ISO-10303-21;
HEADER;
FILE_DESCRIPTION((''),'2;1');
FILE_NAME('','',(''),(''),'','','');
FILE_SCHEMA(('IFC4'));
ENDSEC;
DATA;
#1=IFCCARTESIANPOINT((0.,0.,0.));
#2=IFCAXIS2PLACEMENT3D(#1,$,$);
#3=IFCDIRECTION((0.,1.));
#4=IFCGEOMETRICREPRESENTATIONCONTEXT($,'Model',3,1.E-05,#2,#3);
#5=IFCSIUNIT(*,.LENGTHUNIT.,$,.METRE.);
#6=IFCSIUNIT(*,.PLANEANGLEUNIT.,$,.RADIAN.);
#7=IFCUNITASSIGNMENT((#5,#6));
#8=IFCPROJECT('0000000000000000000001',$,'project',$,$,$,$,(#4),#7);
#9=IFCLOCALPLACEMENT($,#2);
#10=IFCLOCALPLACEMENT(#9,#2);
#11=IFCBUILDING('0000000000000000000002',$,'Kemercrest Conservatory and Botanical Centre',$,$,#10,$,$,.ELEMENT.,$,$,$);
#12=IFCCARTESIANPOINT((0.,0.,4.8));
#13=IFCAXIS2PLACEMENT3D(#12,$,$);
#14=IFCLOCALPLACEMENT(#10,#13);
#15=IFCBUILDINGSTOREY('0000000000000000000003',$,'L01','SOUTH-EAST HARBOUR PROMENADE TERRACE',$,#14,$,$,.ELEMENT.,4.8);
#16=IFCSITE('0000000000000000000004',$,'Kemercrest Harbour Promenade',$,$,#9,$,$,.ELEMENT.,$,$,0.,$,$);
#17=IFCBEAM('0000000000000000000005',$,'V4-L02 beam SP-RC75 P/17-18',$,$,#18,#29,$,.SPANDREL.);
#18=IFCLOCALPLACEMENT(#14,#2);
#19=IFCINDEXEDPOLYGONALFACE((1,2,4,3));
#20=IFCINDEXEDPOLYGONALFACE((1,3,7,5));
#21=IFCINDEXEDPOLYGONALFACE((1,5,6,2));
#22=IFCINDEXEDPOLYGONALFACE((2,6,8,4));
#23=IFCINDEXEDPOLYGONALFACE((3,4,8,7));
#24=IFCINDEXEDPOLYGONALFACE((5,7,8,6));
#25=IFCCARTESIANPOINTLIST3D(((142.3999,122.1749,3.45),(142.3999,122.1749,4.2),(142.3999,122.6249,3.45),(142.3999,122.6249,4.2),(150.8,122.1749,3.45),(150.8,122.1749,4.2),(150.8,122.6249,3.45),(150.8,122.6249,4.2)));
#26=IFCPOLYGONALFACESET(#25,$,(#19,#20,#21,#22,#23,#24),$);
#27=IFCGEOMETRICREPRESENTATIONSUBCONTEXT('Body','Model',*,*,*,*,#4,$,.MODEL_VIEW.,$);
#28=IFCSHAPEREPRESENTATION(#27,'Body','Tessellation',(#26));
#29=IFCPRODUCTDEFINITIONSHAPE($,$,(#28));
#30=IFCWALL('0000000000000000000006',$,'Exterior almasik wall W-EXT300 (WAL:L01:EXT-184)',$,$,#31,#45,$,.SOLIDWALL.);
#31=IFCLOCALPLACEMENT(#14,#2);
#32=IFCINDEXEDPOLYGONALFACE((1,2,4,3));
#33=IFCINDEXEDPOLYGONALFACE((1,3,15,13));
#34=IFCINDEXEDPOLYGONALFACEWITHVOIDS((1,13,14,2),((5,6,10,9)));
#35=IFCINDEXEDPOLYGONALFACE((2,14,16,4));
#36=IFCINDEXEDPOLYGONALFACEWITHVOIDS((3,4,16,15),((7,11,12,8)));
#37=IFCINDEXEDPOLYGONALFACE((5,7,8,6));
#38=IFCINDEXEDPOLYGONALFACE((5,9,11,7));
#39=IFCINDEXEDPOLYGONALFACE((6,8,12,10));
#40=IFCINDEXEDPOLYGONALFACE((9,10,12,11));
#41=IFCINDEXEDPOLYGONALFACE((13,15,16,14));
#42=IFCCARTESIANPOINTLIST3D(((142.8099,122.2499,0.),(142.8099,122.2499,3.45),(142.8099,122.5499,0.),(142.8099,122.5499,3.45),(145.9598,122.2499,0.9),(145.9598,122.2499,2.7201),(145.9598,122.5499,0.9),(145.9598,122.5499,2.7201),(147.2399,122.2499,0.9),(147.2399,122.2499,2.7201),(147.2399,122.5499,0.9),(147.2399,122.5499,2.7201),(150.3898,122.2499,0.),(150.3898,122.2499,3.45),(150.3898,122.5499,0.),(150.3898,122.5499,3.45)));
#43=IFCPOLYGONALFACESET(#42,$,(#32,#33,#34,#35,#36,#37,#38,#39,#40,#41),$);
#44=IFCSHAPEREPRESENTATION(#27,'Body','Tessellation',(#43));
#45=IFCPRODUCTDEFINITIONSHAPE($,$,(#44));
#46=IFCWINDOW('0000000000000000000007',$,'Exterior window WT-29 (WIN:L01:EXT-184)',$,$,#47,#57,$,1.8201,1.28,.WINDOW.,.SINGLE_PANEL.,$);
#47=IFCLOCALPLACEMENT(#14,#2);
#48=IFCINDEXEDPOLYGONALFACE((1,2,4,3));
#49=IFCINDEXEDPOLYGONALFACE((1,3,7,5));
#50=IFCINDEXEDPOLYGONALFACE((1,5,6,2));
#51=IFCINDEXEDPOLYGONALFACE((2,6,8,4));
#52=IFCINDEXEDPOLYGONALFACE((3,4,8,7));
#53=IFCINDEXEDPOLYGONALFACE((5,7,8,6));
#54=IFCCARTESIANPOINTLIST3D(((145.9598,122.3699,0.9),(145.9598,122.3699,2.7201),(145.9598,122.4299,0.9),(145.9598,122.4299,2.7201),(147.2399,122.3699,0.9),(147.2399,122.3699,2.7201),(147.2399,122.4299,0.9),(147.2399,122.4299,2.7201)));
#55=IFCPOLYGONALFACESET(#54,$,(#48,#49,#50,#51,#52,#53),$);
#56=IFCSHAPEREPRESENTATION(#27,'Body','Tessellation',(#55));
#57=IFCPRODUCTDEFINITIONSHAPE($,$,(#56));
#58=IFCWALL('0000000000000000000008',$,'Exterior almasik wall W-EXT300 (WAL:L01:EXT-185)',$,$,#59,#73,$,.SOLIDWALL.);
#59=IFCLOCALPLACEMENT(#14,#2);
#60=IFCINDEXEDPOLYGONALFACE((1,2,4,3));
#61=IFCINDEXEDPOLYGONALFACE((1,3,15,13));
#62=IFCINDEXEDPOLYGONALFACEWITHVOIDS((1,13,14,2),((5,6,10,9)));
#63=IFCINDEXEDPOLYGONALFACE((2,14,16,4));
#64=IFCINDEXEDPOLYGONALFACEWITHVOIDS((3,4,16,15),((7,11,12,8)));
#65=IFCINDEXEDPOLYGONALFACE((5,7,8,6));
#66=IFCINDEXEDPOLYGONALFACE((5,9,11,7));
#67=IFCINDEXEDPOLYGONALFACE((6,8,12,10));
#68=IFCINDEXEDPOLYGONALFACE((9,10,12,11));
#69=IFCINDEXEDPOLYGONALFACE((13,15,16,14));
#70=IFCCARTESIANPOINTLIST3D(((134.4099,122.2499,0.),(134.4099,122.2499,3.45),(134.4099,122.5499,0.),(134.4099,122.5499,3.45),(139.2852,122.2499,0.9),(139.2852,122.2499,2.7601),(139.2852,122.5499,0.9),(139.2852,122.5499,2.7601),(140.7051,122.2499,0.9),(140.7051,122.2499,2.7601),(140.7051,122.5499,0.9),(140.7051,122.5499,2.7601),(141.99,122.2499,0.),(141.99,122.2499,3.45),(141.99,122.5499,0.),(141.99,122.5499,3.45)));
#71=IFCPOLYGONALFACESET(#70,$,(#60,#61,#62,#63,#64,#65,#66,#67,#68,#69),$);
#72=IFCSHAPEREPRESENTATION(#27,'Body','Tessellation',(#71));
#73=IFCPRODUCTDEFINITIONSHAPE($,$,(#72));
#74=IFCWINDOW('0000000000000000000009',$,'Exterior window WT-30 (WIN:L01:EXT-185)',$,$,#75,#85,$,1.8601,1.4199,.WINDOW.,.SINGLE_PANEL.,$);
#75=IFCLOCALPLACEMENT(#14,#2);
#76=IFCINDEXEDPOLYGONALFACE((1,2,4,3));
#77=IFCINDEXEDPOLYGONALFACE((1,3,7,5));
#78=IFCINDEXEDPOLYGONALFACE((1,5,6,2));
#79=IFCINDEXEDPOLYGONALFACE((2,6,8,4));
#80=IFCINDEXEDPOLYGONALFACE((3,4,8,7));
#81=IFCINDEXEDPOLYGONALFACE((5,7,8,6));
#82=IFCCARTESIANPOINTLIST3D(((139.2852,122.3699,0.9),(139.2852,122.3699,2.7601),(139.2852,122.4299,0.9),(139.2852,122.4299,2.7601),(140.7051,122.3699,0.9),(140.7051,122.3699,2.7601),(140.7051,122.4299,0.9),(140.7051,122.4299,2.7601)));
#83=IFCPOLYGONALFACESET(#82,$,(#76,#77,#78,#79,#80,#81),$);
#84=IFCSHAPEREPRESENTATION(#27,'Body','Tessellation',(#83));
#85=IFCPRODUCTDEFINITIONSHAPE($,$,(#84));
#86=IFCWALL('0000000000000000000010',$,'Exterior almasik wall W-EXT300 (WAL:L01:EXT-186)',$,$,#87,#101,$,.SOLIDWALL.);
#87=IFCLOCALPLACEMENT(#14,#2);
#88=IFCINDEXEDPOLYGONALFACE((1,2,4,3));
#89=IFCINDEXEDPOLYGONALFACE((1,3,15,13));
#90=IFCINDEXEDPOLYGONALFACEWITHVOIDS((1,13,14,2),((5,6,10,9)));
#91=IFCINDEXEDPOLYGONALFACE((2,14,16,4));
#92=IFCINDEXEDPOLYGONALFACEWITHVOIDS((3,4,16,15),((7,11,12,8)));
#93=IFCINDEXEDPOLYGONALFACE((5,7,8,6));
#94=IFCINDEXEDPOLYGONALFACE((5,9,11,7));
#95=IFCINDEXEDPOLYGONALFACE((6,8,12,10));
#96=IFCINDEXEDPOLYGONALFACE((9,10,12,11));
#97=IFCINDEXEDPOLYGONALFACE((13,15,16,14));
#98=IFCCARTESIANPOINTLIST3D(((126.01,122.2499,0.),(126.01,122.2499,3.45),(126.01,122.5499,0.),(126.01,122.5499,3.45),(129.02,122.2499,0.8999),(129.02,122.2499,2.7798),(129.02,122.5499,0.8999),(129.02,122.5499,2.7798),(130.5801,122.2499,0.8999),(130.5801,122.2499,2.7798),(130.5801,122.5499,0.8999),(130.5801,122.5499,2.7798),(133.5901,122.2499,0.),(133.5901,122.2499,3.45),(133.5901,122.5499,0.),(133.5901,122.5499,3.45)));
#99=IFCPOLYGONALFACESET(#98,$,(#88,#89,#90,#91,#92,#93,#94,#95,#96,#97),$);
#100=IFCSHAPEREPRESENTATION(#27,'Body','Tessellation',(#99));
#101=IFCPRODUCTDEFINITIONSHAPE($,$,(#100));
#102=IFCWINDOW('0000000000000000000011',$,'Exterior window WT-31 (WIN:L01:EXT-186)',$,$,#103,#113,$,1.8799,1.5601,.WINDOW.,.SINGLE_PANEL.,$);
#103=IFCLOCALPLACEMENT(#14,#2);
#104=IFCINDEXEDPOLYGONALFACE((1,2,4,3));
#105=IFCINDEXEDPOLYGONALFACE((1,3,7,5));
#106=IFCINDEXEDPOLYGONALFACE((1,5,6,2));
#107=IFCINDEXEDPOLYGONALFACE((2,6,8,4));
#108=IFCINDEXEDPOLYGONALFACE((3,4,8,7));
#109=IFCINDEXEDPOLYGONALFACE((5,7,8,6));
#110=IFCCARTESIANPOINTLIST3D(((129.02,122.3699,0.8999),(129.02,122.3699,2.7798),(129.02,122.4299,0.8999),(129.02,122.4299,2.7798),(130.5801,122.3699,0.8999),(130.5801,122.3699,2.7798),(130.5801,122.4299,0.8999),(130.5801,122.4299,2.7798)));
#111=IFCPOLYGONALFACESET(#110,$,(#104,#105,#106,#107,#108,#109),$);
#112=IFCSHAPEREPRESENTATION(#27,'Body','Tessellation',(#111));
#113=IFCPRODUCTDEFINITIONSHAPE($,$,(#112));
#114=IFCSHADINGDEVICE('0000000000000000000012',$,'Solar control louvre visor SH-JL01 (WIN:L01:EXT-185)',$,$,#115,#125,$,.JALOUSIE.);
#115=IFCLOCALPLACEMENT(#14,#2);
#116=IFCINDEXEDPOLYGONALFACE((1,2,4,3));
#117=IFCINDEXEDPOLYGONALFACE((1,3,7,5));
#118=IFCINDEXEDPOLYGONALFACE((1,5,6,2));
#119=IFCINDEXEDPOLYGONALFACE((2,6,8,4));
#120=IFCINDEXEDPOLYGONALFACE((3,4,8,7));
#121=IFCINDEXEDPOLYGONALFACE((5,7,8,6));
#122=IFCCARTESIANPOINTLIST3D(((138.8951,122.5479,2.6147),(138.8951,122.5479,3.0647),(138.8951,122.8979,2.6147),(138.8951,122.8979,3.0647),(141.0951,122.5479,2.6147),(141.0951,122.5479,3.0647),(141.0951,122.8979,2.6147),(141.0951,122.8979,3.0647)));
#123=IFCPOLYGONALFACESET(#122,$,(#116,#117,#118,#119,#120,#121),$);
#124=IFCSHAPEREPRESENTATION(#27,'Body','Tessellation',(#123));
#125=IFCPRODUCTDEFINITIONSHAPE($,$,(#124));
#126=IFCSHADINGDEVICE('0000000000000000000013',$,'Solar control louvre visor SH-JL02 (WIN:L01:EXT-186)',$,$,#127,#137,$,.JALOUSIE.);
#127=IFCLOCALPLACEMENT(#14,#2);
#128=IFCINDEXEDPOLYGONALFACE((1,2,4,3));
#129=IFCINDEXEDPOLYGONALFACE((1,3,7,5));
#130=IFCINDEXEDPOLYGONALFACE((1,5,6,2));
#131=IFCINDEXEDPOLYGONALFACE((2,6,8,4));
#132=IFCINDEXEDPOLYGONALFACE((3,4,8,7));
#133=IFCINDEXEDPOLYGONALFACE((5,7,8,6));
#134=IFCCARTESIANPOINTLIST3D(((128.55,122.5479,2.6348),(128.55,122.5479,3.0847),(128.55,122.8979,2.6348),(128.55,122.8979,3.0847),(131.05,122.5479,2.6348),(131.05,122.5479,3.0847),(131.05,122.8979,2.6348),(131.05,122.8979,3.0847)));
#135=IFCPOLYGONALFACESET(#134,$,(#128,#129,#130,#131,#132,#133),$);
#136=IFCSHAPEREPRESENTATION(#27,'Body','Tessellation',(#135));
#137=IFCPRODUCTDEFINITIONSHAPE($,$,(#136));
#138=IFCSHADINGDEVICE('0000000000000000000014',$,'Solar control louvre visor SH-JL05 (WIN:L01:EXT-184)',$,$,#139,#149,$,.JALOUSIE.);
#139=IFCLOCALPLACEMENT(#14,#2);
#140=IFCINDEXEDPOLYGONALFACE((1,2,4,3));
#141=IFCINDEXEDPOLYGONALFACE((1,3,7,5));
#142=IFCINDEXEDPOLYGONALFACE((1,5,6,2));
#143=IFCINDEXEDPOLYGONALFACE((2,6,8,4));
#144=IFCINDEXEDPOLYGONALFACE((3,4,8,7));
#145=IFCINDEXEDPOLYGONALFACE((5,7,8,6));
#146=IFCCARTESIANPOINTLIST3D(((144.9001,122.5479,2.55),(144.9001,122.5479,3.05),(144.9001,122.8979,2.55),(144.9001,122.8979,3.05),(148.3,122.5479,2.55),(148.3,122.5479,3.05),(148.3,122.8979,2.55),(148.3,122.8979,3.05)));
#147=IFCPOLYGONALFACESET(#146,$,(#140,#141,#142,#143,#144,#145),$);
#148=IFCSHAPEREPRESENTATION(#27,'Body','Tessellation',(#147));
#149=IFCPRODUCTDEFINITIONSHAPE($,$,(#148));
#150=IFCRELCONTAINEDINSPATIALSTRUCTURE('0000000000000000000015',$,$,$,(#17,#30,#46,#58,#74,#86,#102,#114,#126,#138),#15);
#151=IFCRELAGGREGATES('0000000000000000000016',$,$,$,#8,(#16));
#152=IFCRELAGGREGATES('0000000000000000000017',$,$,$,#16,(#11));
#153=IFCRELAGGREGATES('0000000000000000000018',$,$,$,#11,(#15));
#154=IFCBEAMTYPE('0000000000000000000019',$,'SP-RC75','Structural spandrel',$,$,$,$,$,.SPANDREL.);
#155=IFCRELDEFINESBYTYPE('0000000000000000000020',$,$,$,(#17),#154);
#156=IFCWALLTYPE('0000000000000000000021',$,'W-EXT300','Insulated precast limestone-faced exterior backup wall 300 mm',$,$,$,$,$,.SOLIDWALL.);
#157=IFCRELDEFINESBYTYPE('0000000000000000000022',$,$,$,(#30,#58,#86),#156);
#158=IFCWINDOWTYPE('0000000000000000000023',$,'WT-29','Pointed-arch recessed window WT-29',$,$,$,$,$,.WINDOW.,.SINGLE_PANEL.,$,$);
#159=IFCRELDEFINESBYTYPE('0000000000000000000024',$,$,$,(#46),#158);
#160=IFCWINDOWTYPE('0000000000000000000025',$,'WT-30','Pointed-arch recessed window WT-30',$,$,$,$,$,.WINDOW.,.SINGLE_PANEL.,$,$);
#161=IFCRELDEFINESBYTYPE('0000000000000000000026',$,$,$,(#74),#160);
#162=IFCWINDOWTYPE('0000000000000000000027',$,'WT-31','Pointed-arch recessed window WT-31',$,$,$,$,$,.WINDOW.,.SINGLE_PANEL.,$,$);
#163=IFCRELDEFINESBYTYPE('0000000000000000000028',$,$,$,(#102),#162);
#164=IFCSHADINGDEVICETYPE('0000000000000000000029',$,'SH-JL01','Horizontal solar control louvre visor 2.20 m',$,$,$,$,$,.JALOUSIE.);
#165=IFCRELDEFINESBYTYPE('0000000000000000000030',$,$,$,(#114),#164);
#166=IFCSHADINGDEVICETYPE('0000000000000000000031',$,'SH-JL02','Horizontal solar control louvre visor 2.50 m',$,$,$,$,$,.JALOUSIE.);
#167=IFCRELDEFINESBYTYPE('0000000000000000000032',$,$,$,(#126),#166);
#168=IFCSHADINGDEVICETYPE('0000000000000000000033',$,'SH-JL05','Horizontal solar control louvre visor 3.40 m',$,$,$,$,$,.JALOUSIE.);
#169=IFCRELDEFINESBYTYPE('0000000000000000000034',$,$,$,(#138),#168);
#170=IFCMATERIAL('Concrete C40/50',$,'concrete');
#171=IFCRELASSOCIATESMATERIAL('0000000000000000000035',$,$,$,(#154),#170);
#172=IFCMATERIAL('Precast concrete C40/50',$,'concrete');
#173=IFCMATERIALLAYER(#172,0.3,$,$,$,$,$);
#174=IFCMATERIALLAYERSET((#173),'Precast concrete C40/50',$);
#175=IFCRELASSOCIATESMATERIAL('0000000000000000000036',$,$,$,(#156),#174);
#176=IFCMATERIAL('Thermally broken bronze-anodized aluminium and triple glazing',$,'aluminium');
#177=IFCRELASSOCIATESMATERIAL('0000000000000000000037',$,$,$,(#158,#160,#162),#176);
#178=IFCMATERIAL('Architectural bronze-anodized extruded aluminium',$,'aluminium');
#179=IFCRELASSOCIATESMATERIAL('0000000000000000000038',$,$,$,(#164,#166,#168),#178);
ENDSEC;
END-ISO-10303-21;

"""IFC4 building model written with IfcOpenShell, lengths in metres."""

from ifc_helpers import new_model, si_unit, direction, frame, frame_2d, origin, origin_2d, place, context, subcontext, project, spatial, rectangle, extrude, material, layer, layer_set, material_profile, profile_set, type_object, element, fill, save


model = new_model("IFC4")

# Units and contexts
model_context = context("Model", 3, precision=1e-05, world=origin(), true_north=direction((0.0, 1.0)))
body_context = subcontext(model_context, "Body", "Model", "MODEL_VIEW")
ifc_project = project(units=[si_unit("LENGTHUNIT", "METRE"), si_unit("PLANEANGLEUNIT", "RADIAN")], contexts=[model_context])

# Site, building, storey
site_placement = place(None, origin())
site = spatial("IfcSite", under=ifc_project, at=site_placement, Name="Kemercrest Harbour Promenade", CompositionType="ELEMENT", RefElevation=0.0)
building_placement = place(site_placement, origin())
building = spatial("IfcBuilding", under=site, at=building_placement, Name="Kemercrest Conservatory and Botanical Centre", CompositionType="ELEMENT")
storey_placement = place(building_placement, frame((0.0, 0.0, 4.8)))
storey = spatial("IfcBuildingStorey", under=building, at=storey_placement, Name="L01", Description="SOUTH-EAST HARBOUR PROMENADE TERRACE", CompositionType="ELEMENT", Elevation=4.8)

# Beam
ifc_material_1 = material(Name="Concrete C40/50", Category="concrete")
ifc_material_2 = material(Name="Precast concrete C40/50", Category="concrete")
ifc_material_profile_1 = material_profile(ifc_material_1, rectangle(XDim=0.45, YDim=0.75, at=origin_2d()), Name="RC 450x750")
ifc_profile_set_1 = profile_set([ifc_material_profile_1], Name="Concrete C40/50")
beam_type_1 = type_object("IfcBeamType", Name="SP-RC75", Description="Structural spandrel", PredefinedType="SPANDREL", material=ifc_profile_set_1)
beam_1_placement = place(storey_placement, frame((142.3999, 122.3999, 3.825), z_axis=(1.0, 0.0, 0.0), x_axis=(0.0, 1.0, 0.0)))
element("IfcBeam", 1, at=beam_1_placement, inside=storey, type_object=beam_type_1, Name="V4-L02 beam SP-RC75 P/17-18", PredefinedType="SPANDREL", context=body_context, shape_type="SweptSolid", body=[
    extrude(rectangle(XDim=0.45, YDim=0.75, at=origin_2d()), origin(), (0.0, 0.0, 1.0), 8.4001),
])

# Walls, openings, windows
ifc_layer = layer(ifc_material_2, 0.3)
ifc_layer_set = layer_set([ifc_layer], Name="Precast concrete C40/50")
wall_type = type_object("IfcWallType", Name="W-EXT300", Description="Insulated precast limestone-faced exterior backup wall 300 mm", PredefinedType="SOLIDWALL", material=ifc_layer_set)
wall_1_placement = place(storey_placement, frame((150.3899, 122.3999, 0.0), z_axis=(0.0, 0.0, 1.0), x_axis=(-1.0, 0.0, 0.0)))
wall_1 = element("IfcWall", 2, at=wall_1_placement, inside=storey, type_object=wall_type, Name="Exterior almasik wall W-EXT300 (WAL:L01:EXT-184)", PredefinedType="SOLIDWALL", context=body_context, shape_type="SweptSolid", body=[
    extrude(rectangle(XDim=7.5798, YDim=0.3, at=frame_2d((3.79, 0.0))), origin(), (0.0, 0.0, 1.0), 3.45),
])
opening_1_placement = place(wall_1_placement, frame((3.1499, 0.0, 0.8999)))
opening_1 = element("IfcOpeningElement", 3, at=opening_1_placement, cuts=wall_1, PredefinedType="OPENING", context=body_context, shape_type="SweptSolid", body=[
    extrude(rectangle(XDim=1.28, YDim=1.8201, at=frame_2d((0.6401, 0.9102))), frame((0.0, 0.1602, 0.0), z_axis=(0.0, -1.0, 0.0), x_axis=(1.0, 0.0, 0.0)), (0.0, 0.0, 1.0), 0.3201),
])
ifc_material_3 = material(Name="Thermally broken bronze-anodized aluminium and triple glazing", Category="aluminium")
window_type_1 = type_object("IfcWindowType", Name="WT-29", Description="Pointed-arch recessed window WT-29", PartitioningType="SINGLE_PANEL", PredefinedType="WINDOW", material=ifc_material_3)
window_1_placement = place(opening_1_placement, origin())
window_1 = element("IfcWindow", 4, at=window_1_placement, inside=storey, type_object=window_type_1, Name="Exterior window WT-29 (WIN:L01:EXT-184)", OverallHeight=1.8201, OverallWidth=1.28, PartitioningType="SINGLE_PANEL", PredefinedType="WINDOW", context=body_context, shape_type="SweptSolid", body=[
    extrude(rectangle(XDim=1.28, YDim=1.8201, at=frame_2d((0.6401, 0.9102))), frame((0.0, 0.03, 0.0), z_axis=(0.0, -1.0, 0.0), x_axis=(1.0, 0.0, 0.0)), (0.0, 0.0, 1.0), 0.0601),
])
fill(opening_1, window_1)
wall_2_placement = place(storey_placement, frame((141.99, 122.3999, 0.0), z_axis=(0.0, 0.0, 1.0), x_axis=(-1.0, 0.0, 0.0)))
wall_2 = element("IfcWall", 5, at=wall_2_placement, inside=storey, type_object=wall_type, Name="Exterior almasik wall W-EXT300 (WAL:L01:EXT-185)", PredefinedType="SOLIDWALL", context=body_context, shape_type="SweptSolid", body=[
    extrude(rectangle(XDim=7.5801, YDim=0.3, at=frame_2d((3.79, 0.0))), origin(), (0.0, 0.0, 1.0), 3.45),
])
opening_2_placement = place(wall_2_placement, frame((1.2849, 0.0, 0.8999)))
opening_2 = element("IfcOpeningElement", 6, at=opening_2_placement, cuts=wall_2, PredefinedType="OPENING", context=body_context, shape_type="SweptSolid", body=[
    extrude(rectangle(XDim=1.4199, YDim=1.8601, at=frame_2d((0.71, 0.9302))), frame((0.0, 0.1602, 0.0), z_axis=(0.0, -1.0, 0.0), x_axis=(1.0, 0.0, 0.0)), (0.0, 0.0, 1.0), 0.3201),
])
window_type_2 = type_object("IfcWindowType", Name="WT-30", Description="Pointed-arch recessed window WT-30", PartitioningType="SINGLE_PANEL", PredefinedType="WINDOW", material=ifc_material_3)
window_2_placement = place(opening_2_placement, origin())
window_2 = element("IfcWindow", 7, at=window_2_placement, inside=storey, type_object=window_type_2, Name="Exterior window WT-30 (WIN:L01:EXT-185)", OverallHeight=1.8601, OverallWidth=1.4199, PartitioningType="SINGLE_PANEL", PredefinedType="WINDOW", context=body_context, shape_type="SweptSolid", body=[
    extrude(rectangle(XDim=1.4199, YDim=1.8601, at=frame_2d((0.71, 0.9302))), frame((0.0, 0.03, 0.0), z_axis=(0.0, -1.0, 0.0), x_axis=(1.0, 0.0, 0.0)), (0.0, 0.0, 1.0), 0.0601),
])
fill(opening_2, window_2)
wall_3_placement = place(storey_placement, frame((133.5901, 122.3999, 0.0), z_axis=(0.0, 0.0, 1.0), x_axis=(-1.0, 0.0, 0.0)))
wall_3 = element("IfcWall", 8, at=wall_3_placement, inside=storey, type_object=wall_type, Name="Exterior almasik wall W-EXT300 (WAL:L01:EXT-186)", PredefinedType="SOLIDWALL", context=body_context, shape_type="SweptSolid", body=[
    extrude(rectangle(XDim=7.5801, YDim=0.3, at=frame_2d((3.79, 0.0))), origin(), (0.0, 0.0, 1.0), 3.45),
])
opening_3_placement = place(wall_3_placement, frame((3.01, 0.0, 0.8999)))
opening_3 = element("IfcOpeningElement", 9, at=opening_3_placement, cuts=wall_3, PredefinedType="OPENING", context=body_context, shape_type="SweptSolid", body=[
    extrude(rectangle(XDim=1.5601, YDim=1.8799, at=frame_2d((0.78, 0.9399))), frame((0.0, 0.1602, 0.0), z_axis=(0.0, -1.0, 0.0), x_axis=(1.0, 0.0, 0.0)), (0.0, 0.0, 1.0), 0.3201),
])
window_type_3 = type_object("IfcWindowType", Name="WT-31", Description="Pointed-arch recessed window WT-31", PartitioningType="SINGLE_PANEL", PredefinedType="WINDOW", material=ifc_material_3)
window_3_placement = place(opening_3_placement, origin())
window_3 = element("IfcWindow", 10, at=window_3_placement, inside=storey, type_object=window_type_3, Name="Exterior window WT-31 (WIN:L01:EXT-186)", OverallHeight=1.8799, OverallWidth=1.5601, PartitioningType="SINGLE_PANEL", PredefinedType="WINDOW", context=body_context, shape_type="SweptSolid", body=[
    extrude(rectangle(XDim=1.5601, YDim=1.8799, at=frame_2d((0.78, 0.9399))), frame((0.0, 0.03, 0.0), z_axis=(0.0, -1.0, 0.0), x_axis=(1.0, 0.0, 0.0)), (0.0, 0.0, 1.0), 0.0601),
])
fill(opening_3, window_3)

# Shading devices
ifc_material_4 = material(Name="Architectural bronze-anodized extruded aluminium", Category="aluminium")
shading_device_type_1 = type_object("IfcShadingDeviceType", Name="SH-JL01", Description="Horizontal solar control louvre visor 2.20 m", PredefinedType="JALOUSIE", material=ifc_material_4)
shading_device_1_placement = place(storey_placement, frame((139.9951, 122.7229, 2.6147), z_axis=(0.0, 0.0, 1.0), x_axis=(-1.0, 0.0, 0.0)))
element("IfcShadingDevice", 11, at=shading_device_1_placement, inside=storey, type_object=shading_device_type_1, Name="Solar control louvre visor SH-JL01 (WIN:L01:EXT-185)", PredefinedType="JALOUSIE", context=body_context, shape_type="SweptSolid", body=[
    extrude(rectangle(XDim=2.2, YDim=0.3501, at=origin_2d()), origin(), (0.0, 0.0, 1.0), 0.45),
])
shading_device_type_2 = type_object("IfcShadingDeviceType", Name="SH-JL02", Description="Horizontal solar control louvre visor 2.50 m", PredefinedType="JALOUSIE", material=ifc_material_4)
shading_device_2_placement = place(storey_placement, frame((129.8, 122.7229, 2.6348), z_axis=(0.0, 0.0, 1.0), x_axis=(-1.0, 0.0, 0.0)))
element("IfcShadingDevice", 12, at=shading_device_2_placement, inside=storey, type_object=shading_device_type_2, Name="Solar control louvre visor SH-JL02 (WIN:L01:EXT-186)", PredefinedType="JALOUSIE", context=body_context, shape_type="SweptSolid", body=[
    extrude(rectangle(XDim=2.5, YDim=0.3501, at=origin_2d()), origin(), (0.0, 0.0, 1.0), 0.45),
])
shading_device_type_3 = type_object("IfcShadingDeviceType", Name="SH-JL05", Description="Horizontal solar control louvre visor 3.40 m", PredefinedType="JALOUSIE", material=ifc_material_4)
shading_device_3_placement = place(storey_placement, frame((146.6001, 122.7229, 2.55), z_axis=(0.0, 0.0, 1.0), x_axis=(-1.0, 0.0, 0.0)))
element("IfcShadingDevice", 13, at=shading_device_3_placement, inside=storey, type_object=shading_device_type_3, Name="Solar control louvre visor SH-JL05 (WIN:L01:EXT-184)", PredefinedType="JALOUSIE", context=body_context, shape_type="SweptSolid", body=[
    extrude(rectangle(XDim=3.3999, YDim=0.3501, at=origin_2d()), origin(), (0.0, 0.0, 1.0), 0.5),
])

save(model, "model.ifc")
